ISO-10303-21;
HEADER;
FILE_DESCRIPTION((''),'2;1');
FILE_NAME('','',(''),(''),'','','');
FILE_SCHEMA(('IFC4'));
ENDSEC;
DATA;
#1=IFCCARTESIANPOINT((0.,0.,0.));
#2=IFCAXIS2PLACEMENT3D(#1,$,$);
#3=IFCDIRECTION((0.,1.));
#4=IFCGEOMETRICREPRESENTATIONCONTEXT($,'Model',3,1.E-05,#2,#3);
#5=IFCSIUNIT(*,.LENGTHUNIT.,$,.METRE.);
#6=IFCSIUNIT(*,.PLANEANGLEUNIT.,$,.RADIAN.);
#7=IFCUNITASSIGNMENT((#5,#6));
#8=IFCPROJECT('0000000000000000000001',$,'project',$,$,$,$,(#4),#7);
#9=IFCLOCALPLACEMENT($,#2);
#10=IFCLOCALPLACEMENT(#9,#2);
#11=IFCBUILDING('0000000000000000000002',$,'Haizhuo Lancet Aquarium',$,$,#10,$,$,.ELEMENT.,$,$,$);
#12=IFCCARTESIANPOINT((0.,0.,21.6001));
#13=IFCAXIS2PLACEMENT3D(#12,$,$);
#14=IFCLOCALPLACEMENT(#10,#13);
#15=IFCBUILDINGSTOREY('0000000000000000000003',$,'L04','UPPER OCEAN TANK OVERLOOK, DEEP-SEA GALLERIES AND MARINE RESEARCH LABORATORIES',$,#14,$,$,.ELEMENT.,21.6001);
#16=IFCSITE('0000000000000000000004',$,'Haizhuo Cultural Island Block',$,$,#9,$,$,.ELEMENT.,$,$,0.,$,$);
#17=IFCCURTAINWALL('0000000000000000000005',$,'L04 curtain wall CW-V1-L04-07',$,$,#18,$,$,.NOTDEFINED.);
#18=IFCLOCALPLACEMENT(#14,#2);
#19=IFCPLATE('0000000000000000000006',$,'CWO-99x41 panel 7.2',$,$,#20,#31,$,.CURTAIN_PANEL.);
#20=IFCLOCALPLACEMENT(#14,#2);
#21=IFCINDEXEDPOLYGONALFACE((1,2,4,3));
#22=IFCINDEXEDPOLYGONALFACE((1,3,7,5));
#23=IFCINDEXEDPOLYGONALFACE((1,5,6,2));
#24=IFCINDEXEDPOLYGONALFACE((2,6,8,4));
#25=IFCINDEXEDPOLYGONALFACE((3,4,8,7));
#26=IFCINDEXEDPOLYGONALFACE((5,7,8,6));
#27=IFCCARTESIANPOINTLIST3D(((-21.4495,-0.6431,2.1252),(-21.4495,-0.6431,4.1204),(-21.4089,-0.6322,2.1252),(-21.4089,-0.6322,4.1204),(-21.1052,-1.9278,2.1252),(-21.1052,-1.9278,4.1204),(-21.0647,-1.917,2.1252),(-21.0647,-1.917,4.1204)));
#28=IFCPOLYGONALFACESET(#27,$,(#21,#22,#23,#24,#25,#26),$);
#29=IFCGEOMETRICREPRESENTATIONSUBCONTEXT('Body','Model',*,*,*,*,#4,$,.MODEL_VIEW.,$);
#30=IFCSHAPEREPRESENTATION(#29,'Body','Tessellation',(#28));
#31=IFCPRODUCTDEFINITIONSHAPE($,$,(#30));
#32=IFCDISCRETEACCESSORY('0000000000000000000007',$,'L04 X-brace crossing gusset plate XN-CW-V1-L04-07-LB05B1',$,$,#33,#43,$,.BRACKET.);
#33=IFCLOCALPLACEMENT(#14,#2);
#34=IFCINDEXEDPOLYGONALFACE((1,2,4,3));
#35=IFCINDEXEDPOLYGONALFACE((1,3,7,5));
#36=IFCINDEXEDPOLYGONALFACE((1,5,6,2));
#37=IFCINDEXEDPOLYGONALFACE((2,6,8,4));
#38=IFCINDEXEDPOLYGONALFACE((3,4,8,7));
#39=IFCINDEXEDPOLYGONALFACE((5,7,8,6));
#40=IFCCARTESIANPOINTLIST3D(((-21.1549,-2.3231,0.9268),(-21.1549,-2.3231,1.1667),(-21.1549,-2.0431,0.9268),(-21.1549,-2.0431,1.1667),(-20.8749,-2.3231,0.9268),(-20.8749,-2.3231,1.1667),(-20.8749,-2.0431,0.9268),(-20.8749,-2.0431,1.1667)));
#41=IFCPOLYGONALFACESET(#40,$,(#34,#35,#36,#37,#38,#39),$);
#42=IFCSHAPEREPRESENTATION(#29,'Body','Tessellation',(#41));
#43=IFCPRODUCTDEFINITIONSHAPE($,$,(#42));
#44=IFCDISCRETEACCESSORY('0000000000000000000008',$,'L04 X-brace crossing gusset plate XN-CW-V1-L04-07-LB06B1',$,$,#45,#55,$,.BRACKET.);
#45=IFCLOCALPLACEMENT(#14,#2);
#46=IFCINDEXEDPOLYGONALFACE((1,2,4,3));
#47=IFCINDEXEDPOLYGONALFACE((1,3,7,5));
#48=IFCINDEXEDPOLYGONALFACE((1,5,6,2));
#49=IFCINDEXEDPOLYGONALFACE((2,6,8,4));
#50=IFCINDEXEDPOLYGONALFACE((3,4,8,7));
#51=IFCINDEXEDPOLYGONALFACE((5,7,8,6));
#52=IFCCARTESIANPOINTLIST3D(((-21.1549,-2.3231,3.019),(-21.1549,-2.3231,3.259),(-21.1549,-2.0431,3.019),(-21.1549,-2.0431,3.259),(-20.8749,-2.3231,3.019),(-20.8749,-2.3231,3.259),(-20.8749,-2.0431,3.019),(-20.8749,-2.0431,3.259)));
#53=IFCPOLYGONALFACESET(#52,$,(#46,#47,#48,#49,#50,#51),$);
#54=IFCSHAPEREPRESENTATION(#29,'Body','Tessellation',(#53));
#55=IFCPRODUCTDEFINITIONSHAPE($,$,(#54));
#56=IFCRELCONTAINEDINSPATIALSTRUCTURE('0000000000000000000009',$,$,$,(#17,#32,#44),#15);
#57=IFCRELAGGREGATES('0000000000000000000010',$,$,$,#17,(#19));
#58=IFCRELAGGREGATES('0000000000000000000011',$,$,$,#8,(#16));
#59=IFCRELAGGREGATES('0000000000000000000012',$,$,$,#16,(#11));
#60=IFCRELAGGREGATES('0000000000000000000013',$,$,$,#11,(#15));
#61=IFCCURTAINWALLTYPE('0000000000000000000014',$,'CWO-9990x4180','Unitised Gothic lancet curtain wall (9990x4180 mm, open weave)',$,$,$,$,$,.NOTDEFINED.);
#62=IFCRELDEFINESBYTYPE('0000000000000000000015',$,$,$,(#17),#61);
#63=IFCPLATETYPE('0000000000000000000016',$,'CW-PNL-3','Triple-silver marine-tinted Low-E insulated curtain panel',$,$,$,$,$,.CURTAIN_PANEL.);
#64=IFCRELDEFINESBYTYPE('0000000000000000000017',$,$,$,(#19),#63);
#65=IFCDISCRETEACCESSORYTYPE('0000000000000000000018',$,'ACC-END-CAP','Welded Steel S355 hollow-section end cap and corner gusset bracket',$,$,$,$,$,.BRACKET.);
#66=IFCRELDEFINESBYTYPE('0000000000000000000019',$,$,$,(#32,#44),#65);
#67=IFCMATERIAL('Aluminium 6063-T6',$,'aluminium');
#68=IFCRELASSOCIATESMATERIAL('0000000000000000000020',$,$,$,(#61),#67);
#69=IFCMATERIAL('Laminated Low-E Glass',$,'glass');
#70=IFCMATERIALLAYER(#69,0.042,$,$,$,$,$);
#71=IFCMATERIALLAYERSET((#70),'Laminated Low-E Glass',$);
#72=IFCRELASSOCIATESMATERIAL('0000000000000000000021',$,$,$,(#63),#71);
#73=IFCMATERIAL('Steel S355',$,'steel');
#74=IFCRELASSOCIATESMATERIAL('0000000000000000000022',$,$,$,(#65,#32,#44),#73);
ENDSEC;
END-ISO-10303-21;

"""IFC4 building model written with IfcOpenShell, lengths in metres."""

from ifc_helpers import new_model, si_unit, direction, frame, origin, origin_2d, place, context, subcontext, project, spatial, rectangle, extrude, material, layer, layer_set, type_object, element, aggregate, save


model = new_model("IFC4")

# Units and contexts
model_context = context("Model", 3, precision=1e-05, world=origin(), true_north=direction((0.0, 1.0)))
body_context = subcontext(model_context, "Body", "Model", "MODEL_VIEW")
ifc_project = project(units=[si_unit("LENGTHUNIT", "METRE"), si_unit("PLANEANGLEUNIT", "RADIAN")], contexts=[model_context])

# Site, building, storey
site_placement = place(None, origin())
site = spatial("IfcSite", under=ifc_project, at=site_placement, Name="Haizhuo Cultural Island Block", CompositionType="ELEMENT", RefElevation=0.0)
building_placement = place(site_placement, origin())
building = spatial("IfcBuilding", under=site, at=building_placement, Name="Haizhuo Lancet Aquarium", CompositionType="ELEMENT")
storey_placement = place(building_placement, frame((0.0, 0.0, 21.6001)))
storey = spatial("IfcBuildingStorey", under=building, at=storey_placement, Name="L04", Description="UPPER OCEAN TANK OVERLOOK, DEEP-SEA GALLERIES AND MARINE RESEARCH LABORATORIES", CompositionType="ELEMENT", Elevation=21.6001)

# Curtain wall
ifc_material_1 = material(Name="Aluminium 6063-T6", Category="aluminium")
curtain_wall_type = type_object("IfcCurtainWallType", Name="CWO-9990x4180", Description="Unitised Gothic lancet curtain wall (9990x4180 mm, open weave)", PredefinedType="NOTDEFINED", material=ifc_material_1)
curtain_wall_placement = place(storey_placement, origin())
curtain_wall = element("IfcCurtainWall", 1, at=curtain_wall_placement, inside=storey, type_object=curtain_wall_type, Name="L04 curtain wall CW-V1-L04-07", PredefinedType="NOTDEFINED")

# Shared definitions
ifc_material_2 = material(Name="Steel S355", Category="steel")

# Plate
ifc_material_3 = material(Name="Laminated Low-E Glass", Category="glass")
ifc_layer = layer(ifc_material_3, 0.042)
ifc_layer_set = layer_set([ifc_layer], Name="Laminated Low-E Glass")
plate_type = type_object("IfcPlateType", Name="CW-PNL-3", Description="Triple-silver marine-tinted Low-E insulated curtain panel", PredefinedType="CURTAIN_PANEL", material=ifc_layer_set)
plate_1_placement = place(storey_placement, frame((-21.2571, -1.28, 2.1252), z_axis=(0.0, 0.0, 1.0), x_axis=(-0.258853, 0.965917, 0.0)))
plate_1 = element("IfcPlate", 2, at=plate_1_placement, type_object=plate_type, Name="CWO-99x41 panel 7.2", PredefinedType="CURTAIN_PANEL", context=body_context, shape_type="SweptSolid", body=[
    extrude(rectangle(XDim=1.3301, YDim=0.042, at=origin_2d()), origin(), (0.0, 0.0, 1.0), 1.9951),
])
aggregate(curtain_wall, [plate_1])

# Discrete accessories
discrete_accessory_type = type_object("IfcDiscreteAccessoryType", Name="ACC-END-CAP", Description="Welded Steel S355 hollow-section end cap and corner gusset bracket", PredefinedType="BRACKET", material=ifc_material_2)
for number, where, z_axis, x_axis, name in (
    (3, (-21.0149, -2.1831, 0.9268), (0.0, 0.0, 1.0), (1.0, 0.0, 0.0), "L04 X-brace crossing gusset plate XN-CW-V1-L04-07-LB05B1"),
    (4, (-21.0149, -2.1831, 3.019), (0.0, 0.0, 1.0), (1.0, 0.0, 0.0), "L04 X-brace crossing gusset plate XN-CW-V1-L04-07-LB06B1"),
):
    element("IfcDiscreteAccessory", number, at=place(storey_placement, frame(where, z_axis=z_axis, x_axis=x_axis)), inside=storey, type_object=discrete_accessory_type, material=ifc_material_2, Name=name, PredefinedType="BRACKET", context=body_context, shape_type="SweptSolid", body=[
        extrude(rectangle(XDim=0.28, YDim=0.28, at=origin_2d()), origin(), (0.0, 0.0, 1.0), 0.24),
    ])

save(model, "model.ifc")
